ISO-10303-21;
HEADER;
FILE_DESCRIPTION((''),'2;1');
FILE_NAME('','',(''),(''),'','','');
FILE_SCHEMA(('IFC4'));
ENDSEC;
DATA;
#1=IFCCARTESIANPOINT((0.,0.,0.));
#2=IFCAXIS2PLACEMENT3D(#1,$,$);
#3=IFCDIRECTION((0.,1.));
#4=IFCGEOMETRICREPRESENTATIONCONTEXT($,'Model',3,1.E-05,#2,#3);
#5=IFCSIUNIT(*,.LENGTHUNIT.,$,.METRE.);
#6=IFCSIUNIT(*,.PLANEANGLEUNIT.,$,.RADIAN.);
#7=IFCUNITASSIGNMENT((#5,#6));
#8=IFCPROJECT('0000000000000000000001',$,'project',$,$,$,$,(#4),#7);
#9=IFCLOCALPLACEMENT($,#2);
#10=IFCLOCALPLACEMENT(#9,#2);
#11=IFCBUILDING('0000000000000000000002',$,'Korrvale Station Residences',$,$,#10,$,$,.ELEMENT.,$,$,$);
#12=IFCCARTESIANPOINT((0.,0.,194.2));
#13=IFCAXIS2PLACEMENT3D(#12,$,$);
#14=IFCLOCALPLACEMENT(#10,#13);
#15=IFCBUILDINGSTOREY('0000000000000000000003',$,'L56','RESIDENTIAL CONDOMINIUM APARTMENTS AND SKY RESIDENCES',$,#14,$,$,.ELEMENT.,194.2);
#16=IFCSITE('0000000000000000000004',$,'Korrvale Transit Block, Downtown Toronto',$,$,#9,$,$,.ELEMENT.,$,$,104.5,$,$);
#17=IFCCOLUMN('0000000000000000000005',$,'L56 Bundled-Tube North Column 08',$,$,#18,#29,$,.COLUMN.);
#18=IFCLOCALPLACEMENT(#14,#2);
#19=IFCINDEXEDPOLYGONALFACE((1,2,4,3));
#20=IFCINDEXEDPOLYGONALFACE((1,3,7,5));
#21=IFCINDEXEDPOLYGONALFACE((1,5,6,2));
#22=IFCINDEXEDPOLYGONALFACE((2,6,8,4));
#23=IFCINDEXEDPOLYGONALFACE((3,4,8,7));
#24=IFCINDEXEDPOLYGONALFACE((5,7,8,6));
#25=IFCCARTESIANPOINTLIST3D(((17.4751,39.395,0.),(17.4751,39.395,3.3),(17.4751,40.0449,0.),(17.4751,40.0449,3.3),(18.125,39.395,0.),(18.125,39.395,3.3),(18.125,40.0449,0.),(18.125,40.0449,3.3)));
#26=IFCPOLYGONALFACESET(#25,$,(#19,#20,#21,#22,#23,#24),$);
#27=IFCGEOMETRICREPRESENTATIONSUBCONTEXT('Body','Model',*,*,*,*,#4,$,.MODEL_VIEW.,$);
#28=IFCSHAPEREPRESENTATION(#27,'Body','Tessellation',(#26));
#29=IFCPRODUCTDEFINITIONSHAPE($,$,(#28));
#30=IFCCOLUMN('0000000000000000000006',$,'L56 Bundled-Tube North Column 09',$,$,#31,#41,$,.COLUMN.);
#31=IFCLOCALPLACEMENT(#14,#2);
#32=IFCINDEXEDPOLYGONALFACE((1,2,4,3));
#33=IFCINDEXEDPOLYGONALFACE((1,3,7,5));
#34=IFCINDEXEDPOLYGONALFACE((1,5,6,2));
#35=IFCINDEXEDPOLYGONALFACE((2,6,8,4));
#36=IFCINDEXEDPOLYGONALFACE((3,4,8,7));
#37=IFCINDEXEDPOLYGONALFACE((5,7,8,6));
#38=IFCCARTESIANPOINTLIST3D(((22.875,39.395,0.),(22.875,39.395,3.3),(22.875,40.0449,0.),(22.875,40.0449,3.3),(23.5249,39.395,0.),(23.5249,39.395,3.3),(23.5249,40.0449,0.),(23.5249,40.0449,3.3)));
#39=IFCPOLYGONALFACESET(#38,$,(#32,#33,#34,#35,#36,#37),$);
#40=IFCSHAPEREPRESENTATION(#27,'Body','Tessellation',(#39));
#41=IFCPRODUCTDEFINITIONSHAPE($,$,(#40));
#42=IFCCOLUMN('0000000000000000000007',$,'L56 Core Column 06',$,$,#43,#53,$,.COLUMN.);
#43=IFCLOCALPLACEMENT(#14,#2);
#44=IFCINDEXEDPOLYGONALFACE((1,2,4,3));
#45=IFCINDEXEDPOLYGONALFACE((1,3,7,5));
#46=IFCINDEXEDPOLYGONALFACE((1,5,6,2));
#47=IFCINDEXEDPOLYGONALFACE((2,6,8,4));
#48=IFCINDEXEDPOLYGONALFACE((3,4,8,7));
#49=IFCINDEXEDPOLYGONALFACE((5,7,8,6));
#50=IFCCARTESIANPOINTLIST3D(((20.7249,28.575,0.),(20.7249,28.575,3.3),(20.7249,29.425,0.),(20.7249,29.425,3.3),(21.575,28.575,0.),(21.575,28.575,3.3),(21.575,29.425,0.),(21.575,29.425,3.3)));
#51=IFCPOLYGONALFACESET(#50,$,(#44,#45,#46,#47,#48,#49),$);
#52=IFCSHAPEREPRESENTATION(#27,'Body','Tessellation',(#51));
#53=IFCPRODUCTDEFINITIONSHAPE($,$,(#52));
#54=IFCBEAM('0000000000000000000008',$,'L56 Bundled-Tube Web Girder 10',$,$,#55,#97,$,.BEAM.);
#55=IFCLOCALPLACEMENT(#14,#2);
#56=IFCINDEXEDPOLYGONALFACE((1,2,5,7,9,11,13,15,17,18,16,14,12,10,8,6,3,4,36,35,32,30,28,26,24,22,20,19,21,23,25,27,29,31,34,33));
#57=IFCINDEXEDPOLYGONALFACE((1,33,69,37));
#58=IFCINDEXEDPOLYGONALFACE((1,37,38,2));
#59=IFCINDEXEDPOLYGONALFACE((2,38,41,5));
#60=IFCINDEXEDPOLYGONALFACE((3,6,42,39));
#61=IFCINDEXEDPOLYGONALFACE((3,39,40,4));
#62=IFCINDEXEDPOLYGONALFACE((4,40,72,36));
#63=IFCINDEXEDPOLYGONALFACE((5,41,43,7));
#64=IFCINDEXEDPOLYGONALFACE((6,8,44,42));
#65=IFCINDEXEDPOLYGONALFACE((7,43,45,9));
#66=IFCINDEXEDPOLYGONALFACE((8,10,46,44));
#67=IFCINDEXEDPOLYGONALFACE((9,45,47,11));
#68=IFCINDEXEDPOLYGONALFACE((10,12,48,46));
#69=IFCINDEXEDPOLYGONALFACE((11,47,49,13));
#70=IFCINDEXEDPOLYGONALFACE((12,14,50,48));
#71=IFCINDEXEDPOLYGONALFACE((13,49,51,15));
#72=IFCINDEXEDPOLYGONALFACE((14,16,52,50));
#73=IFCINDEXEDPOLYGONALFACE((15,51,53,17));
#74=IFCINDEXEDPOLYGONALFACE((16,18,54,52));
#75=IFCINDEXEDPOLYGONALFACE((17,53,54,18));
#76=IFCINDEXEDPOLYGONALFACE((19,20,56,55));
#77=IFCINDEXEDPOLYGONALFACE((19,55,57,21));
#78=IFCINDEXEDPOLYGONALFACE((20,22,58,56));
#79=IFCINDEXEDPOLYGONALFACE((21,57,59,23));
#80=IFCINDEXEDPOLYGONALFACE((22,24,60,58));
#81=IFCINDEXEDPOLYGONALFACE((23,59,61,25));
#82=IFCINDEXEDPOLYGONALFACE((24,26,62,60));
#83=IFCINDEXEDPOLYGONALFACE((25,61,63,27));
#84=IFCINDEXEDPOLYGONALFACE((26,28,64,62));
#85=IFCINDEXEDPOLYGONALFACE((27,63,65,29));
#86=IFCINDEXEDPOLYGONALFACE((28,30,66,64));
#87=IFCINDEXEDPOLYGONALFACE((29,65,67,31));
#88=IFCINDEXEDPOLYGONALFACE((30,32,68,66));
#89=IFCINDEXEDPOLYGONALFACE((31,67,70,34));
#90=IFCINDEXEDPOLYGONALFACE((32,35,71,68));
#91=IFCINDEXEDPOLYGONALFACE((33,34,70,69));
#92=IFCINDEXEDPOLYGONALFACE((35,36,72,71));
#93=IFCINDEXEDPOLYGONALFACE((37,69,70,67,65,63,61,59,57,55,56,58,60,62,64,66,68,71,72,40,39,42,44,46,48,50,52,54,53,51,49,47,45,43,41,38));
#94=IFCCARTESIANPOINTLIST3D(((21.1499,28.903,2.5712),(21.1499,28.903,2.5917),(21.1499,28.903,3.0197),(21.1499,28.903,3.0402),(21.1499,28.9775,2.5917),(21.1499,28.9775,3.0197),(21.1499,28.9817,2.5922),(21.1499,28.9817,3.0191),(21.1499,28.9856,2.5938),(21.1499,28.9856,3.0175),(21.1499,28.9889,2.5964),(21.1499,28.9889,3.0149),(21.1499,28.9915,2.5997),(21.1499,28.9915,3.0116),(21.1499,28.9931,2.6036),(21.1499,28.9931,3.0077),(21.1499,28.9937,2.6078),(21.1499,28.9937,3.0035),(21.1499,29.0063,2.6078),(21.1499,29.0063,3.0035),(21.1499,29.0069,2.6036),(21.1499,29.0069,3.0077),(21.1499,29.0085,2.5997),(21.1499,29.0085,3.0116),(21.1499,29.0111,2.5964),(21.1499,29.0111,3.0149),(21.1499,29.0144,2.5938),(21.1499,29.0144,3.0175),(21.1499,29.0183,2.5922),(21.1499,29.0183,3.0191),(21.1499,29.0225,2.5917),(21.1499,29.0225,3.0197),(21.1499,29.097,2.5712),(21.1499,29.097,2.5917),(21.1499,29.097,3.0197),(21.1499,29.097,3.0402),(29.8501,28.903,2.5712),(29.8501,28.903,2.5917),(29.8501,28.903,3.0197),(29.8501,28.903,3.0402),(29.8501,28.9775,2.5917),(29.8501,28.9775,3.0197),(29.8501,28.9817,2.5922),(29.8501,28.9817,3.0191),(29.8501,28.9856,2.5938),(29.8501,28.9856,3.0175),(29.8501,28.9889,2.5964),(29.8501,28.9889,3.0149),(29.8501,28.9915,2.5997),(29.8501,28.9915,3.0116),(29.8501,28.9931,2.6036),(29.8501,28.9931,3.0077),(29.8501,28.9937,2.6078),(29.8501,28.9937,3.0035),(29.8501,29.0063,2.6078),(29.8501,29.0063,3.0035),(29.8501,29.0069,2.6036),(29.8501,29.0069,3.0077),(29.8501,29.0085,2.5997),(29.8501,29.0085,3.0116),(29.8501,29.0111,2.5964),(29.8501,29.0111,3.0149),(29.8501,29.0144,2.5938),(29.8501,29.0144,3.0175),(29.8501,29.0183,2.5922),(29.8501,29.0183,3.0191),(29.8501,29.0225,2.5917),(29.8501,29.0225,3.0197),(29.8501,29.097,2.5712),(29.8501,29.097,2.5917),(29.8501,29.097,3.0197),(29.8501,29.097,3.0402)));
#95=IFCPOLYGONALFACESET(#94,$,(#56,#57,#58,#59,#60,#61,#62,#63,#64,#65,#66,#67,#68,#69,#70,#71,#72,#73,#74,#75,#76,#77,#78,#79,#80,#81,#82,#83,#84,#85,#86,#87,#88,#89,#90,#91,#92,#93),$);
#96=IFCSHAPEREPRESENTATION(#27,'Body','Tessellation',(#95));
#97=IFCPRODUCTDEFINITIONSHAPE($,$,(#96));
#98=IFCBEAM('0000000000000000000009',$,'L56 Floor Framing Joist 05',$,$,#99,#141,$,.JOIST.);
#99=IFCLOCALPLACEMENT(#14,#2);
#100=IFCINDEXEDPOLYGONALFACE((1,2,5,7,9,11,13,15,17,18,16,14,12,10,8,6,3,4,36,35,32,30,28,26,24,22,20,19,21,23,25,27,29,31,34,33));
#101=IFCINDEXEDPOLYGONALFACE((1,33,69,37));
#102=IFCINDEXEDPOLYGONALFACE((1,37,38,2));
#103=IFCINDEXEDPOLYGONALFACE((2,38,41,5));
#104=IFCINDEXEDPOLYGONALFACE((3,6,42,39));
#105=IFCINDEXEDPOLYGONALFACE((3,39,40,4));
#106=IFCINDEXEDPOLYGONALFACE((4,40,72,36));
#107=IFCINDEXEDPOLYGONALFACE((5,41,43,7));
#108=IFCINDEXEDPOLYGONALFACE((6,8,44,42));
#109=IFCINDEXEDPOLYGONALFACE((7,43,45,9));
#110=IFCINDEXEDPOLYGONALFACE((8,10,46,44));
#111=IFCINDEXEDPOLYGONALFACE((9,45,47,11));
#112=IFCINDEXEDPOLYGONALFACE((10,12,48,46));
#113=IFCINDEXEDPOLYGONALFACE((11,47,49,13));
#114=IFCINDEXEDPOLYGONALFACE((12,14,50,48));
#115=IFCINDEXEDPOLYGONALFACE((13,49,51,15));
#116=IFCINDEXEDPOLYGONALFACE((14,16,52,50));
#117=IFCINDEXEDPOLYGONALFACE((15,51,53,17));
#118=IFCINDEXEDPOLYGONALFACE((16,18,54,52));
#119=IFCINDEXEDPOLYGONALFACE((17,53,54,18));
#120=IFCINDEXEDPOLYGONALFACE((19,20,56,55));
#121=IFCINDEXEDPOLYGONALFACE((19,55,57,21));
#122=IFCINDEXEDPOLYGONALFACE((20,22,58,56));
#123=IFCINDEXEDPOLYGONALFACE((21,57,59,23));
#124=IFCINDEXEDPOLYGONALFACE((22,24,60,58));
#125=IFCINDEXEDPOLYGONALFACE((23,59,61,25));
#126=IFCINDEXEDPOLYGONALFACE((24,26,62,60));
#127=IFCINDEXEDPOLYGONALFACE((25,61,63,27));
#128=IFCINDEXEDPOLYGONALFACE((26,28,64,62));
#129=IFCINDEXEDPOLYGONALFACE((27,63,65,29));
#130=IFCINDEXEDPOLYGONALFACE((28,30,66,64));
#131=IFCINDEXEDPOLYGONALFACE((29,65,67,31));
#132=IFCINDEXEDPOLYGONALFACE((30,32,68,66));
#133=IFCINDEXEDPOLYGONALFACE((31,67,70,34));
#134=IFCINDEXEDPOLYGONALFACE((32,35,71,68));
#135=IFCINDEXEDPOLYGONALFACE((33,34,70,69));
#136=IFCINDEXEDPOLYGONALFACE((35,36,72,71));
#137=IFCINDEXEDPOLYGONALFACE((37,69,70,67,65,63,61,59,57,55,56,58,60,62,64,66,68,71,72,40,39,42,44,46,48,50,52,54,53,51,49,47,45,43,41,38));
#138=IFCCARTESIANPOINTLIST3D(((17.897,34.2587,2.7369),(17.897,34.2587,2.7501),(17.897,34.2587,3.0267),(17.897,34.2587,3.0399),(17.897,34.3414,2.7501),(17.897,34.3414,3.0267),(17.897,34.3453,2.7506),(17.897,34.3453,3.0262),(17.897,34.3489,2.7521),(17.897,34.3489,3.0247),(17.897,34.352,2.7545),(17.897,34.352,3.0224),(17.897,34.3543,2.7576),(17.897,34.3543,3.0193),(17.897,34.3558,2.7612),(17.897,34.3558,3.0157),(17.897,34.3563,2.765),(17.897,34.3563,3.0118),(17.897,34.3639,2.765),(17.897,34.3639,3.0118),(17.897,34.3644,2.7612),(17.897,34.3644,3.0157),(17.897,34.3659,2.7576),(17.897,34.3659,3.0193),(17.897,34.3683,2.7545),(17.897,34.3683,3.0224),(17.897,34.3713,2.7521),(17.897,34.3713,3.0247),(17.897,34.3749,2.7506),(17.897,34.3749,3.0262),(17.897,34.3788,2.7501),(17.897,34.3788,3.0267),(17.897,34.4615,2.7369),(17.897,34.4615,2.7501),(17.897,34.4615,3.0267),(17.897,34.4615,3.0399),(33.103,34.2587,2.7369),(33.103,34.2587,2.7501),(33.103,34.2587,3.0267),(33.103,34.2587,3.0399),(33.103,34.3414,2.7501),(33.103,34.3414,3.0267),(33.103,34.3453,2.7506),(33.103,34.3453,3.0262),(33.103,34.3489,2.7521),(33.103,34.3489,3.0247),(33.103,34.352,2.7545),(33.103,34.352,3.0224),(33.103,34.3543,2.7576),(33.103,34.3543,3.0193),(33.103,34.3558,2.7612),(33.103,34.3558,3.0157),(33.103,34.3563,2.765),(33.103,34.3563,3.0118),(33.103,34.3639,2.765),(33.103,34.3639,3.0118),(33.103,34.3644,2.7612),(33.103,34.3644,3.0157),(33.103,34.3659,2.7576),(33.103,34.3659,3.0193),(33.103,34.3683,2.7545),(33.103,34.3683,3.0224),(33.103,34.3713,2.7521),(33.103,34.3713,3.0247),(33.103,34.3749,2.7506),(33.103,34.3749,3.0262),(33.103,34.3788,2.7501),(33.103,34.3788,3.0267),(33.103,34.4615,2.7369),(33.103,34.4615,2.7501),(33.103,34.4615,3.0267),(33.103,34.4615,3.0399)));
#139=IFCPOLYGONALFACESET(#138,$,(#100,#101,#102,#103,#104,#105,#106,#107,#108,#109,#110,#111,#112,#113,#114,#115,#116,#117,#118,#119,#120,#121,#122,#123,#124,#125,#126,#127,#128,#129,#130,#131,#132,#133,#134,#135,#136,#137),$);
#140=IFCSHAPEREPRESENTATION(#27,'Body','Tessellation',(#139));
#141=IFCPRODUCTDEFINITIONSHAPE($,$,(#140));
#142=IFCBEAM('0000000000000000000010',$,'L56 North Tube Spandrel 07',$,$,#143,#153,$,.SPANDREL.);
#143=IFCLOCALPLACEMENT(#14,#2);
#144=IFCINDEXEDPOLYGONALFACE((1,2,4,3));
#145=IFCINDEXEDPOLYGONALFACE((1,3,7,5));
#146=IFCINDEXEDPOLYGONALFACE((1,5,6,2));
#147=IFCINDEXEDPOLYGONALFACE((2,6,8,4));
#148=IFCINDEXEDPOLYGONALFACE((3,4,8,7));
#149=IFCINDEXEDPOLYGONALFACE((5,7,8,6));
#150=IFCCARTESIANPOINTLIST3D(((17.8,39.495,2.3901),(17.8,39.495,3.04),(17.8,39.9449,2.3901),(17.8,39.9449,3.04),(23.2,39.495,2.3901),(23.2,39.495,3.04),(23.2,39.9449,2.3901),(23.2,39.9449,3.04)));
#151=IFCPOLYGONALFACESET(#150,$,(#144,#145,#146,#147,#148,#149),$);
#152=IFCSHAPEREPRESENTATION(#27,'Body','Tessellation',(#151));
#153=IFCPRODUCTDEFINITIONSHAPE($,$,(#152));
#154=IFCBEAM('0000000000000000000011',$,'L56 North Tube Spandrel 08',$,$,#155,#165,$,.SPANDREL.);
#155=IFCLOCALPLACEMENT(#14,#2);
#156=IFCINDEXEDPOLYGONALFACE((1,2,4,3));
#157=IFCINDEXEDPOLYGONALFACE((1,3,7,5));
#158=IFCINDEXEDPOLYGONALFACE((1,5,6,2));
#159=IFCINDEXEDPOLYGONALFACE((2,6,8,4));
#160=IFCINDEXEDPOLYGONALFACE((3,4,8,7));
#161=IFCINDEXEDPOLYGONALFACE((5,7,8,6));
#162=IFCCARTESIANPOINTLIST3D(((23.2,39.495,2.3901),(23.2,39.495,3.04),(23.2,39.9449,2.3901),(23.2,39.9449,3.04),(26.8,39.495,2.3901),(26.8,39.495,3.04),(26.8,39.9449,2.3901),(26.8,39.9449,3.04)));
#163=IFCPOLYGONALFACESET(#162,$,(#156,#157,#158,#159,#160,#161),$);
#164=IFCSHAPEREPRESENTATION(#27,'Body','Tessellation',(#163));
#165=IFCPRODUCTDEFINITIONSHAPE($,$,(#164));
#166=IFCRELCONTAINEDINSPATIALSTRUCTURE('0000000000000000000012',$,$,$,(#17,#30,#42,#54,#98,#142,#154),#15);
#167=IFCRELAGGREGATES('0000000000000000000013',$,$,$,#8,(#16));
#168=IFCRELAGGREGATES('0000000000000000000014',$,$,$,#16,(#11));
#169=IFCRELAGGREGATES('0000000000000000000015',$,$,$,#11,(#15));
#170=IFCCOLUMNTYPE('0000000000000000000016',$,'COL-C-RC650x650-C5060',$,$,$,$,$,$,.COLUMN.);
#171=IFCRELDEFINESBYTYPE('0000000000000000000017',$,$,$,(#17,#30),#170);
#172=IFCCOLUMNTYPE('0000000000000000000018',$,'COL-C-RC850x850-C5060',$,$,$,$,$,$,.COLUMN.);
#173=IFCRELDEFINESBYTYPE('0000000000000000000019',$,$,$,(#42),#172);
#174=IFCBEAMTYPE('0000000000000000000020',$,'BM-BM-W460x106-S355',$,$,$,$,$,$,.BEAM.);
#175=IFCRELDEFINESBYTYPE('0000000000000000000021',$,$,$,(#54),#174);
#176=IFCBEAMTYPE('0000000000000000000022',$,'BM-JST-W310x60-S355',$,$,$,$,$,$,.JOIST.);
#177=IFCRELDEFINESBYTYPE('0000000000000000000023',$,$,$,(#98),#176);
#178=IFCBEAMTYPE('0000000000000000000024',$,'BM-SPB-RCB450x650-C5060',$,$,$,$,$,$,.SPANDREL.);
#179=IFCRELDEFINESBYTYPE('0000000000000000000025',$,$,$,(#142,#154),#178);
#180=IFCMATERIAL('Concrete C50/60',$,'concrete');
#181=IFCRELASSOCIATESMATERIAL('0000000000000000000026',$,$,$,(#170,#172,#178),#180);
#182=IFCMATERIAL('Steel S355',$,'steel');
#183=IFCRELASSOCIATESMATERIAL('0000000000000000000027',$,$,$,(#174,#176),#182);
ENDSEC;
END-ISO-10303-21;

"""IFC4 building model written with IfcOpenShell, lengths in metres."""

from ifc_helpers import new_model, si_unit, direction, frame, origin, origin_2d, place, context, subcontext, project, spatial, rectangle, i_section, extrude, material, material_profile, profile_set, type_object, element, save


model = new_model("IFC4")

# Units and contexts
model_context = context("Model", 3, precision=1e-05, world=origin(), true_north=direction((0.0, 1.0)))
body_context = subcontext(model_context, "Body", "Model", "MODEL_VIEW")
ifc_project = project(units=[si_unit("LENGTHUNIT", "METRE"), si_unit("PLANEANGLEUNIT", "RADIAN")], contexts=[model_context])

# Site, building, storey
site_placement = place(None, origin())
site = spatial("IfcSite", under=ifc_project, at=site_placement, Name="Korrvale Transit Block, Downtown Toronto", CompositionType="ELEMENT", RefElevation=104.5)
building_placement = place(site_placement, origin())
building = spatial("IfcBuilding", under=site, at=building_placement, Name="Korrvale Station Residences", CompositionType="ELEMENT")
storey_placement = place(building_placement, frame((0.0, 0.0, 194.2)))
storey = spatial("IfcBuildingStorey", under=building, at=storey_placement, Name="L56", Description="RESIDENTIAL CONDOMINIUM APARTMENTS AND SKY RESIDENCES", CompositionType="ELEMENT", Elevation=194.2)

# Columns
ifc_material_1 = material(Name="Concrete C50/60", Category="concrete")
ifc_material_profile_1 = material_profile(ifc_material_1, rectangle(XDim=0.6499, YDim=0.6499, at=origin_2d()), Name="RC650x650")
ifc_profile_set_1 = profile_set([ifc_material_profile_1], Name="Concrete C50/60")
column_type_1 = type_object("IfcColumnType", Name="COL-C-RC650x650-C5060", PredefinedType="COLUMN", material=ifc_profile_set_1)
for number, where, z_axis, x_axis, name in (
    (1, (17.8, 39.72, 0.0), (0.0, 0.0, 1.0), (1.0, 0.0, 0.0), "L56 Bundled-Tube North Column 08"),
    (2, (23.2, 39.72, 0.0), (0.0, 0.0, 1.0), (1.0, 0.0, 0.0), "L56 Bundled-Tube North Column 09"),
):
    element("IfcColumn", number, at=place(storey_placement, frame(where, z_axis=z_axis, x_axis=x_axis)), inside=storey, type_object=column_type_1, Name=name, PredefinedType="COLUMN", context=body_context, shape_type="SweptSolid", body=[
        extrude(rectangle(XDim=0.6499, YDim=0.6499, at=origin_2d()), origin(), (0.0, 0.0, 1.0), 3.3),
    ])
ifc_material_profile_2 = material_profile(ifc_material_1, rectangle(XDim=0.8501, YDim=0.8501, at=origin_2d()), Name="RC850x850")
ifc_profile_set_2 = profile_set([ifc_material_profile_2], Name="Concrete C50/60")
column_type_2 = type_object("IfcColumnType", Name="COL-C-RC850x850-C5060", PredefinedType="COLUMN", material=ifc_profile_set_2)
column_placement = place(storey_placement, frame((21.1499, 29.0, 0.0), z_axis=(0.0, 0.0, 1.0), x_axis=(1.0, 0.0, 0.0)))
element("IfcColumn", 3, at=column_placement, inside=storey, type_object=column_type_2, Name="L56 Core Column 06", PredefinedType="COLUMN", context=body_context, shape_type="SweptSolid", body=[
    extrude(rectangle(XDim=0.8501, YDim=0.8501, at=origin_2d()), origin(), (0.0, 0.0, 1.0), 3.3),
])

# Beams
ifc_material_2 = material(Name="Steel S355", Category="steel")
ifc_material_profile_3 = material_profile(ifc_material_2, i_section(OverallWidth=0.1941, OverallDepth=0.469, WebThickness=0.0127, FlangeThickness=0.0205, FilletRadius=0.0161, at=origin_2d()), Name="W460x106")
ifc_profile_set_3 = profile_set([ifc_material_profile_3], Name="Steel S355")
beam_type_1 = type_object("IfcBeamType", Name="BM-BM-W460x106-S355", PredefinedType="BEAM", material=ifc_profile_set_3)
beam_1_placement = place(storey_placement, frame((21.1499, 29.0, 2.8057), z_axis=(1.0, 0.0, 0.0), x_axis=(0.0, 1.0, 0.0)))
element("IfcBeam", 4, at=beam_1_placement, inside=storey, type_object=beam_type_1, Name="L56 Bundled-Tube Web Girder 10", PredefinedType="BEAM", context=body_context, shape_type="SweptSolid", body=[
    extrude(i_section(OverallWidth=0.1941, OverallDepth=0.469, WebThickness=0.0127, FlangeThickness=0.0205, FilletRadius=0.0161, at=origin_2d()), origin(), (0.0, 0.0, 1.0), 8.7002),
])
ifc_material_profile_4 = material_profile(ifc_material_2, i_section(OverallWidth=0.2029, OverallDepth=0.303, WebThickness=0.0076, FlangeThickness=0.0132, FilletRadius=0.0149, at=origin_2d()), Name="W310x60")
ifc_profile_set_4 = profile_set([ifc_material_profile_4], Name="Steel S355")
beam_type_2 = type_object("IfcBeamType", Name="BM-JST-W310x60-S355", PredefinedType="JOIST", material=ifc_profile_set_4)
beam_2_placement = place(storey_placement, frame((17.897, 34.3601, 2.8884), z_axis=(1.0, 0.0, 0.0), x_axis=(0.0, 1.0, 0.0)))
element("IfcBeam", 5, at=beam_2_placement, inside=storey, type_object=beam_type_2, Name="L56 Floor Framing Joist 05", PredefinedType="JOIST", context=body_context, shape_type="SweptSolid", body=[
    extrude(i_section(OverallWidth=0.2029, OverallDepth=0.303, WebThickness=0.0076, FlangeThickness=0.0132, FilletRadius=0.0149, at=origin_2d()), origin(), (0.0, 0.0, 1.0), 15.2061),
])
ifc_material_profile_5 = material_profile(ifc_material_1, rectangle(XDim=0.45, YDim=0.6499, at=origin_2d()), Name="RCB450x650")
ifc_profile_set_5 = profile_set([ifc_material_profile_5], Name="Concrete C50/60")
beam_type_3 = type_object("IfcBeamType", Name="BM-SPB-RCB450x650-C5060", PredefinedType="SPANDREL", material=ifc_profile_set_5)
beam_3_placement = place(storey_placement, frame((17.8, 39.72, 2.7151), z_axis=(1.0, 0.0, 0.0), x_axis=(0.0, 1.0, 0.0)))
element("IfcBeam", 6, at=beam_3_placement, inside=storey, type_object=beam_type_3, Name="L56 North Tube Spandrel 07", PredefinedType="SPANDREL", context=body_context, shape_type="SweptSolid", body=[
    extrude(rectangle(XDim=0.45, YDim=0.6499, at=origin_2d()), origin(), (0.0, 0.0, 1.0), 5.3999),
])
beam_4_placement = place(storey_placement, frame((23.2, 39.72, 2.7151), z_axis=(1.0, 0.0, 0.0), x_axis=(0.0, 1.0, 0.0)))
element("IfcBeam", 7, at=beam_4_placement, inside=storey, type_object=beam_type_3, Name="L56 North Tube Spandrel 08", PredefinedType="SPANDREL", context=body_context, shape_type="SweptSolid", body=[
    extrude(rectangle(XDim=0.45, YDim=0.6499, at=origin_2d()), origin(), (0.0, 0.0, 1.0), 3.6001),
])

save(model, "model.ifc")
